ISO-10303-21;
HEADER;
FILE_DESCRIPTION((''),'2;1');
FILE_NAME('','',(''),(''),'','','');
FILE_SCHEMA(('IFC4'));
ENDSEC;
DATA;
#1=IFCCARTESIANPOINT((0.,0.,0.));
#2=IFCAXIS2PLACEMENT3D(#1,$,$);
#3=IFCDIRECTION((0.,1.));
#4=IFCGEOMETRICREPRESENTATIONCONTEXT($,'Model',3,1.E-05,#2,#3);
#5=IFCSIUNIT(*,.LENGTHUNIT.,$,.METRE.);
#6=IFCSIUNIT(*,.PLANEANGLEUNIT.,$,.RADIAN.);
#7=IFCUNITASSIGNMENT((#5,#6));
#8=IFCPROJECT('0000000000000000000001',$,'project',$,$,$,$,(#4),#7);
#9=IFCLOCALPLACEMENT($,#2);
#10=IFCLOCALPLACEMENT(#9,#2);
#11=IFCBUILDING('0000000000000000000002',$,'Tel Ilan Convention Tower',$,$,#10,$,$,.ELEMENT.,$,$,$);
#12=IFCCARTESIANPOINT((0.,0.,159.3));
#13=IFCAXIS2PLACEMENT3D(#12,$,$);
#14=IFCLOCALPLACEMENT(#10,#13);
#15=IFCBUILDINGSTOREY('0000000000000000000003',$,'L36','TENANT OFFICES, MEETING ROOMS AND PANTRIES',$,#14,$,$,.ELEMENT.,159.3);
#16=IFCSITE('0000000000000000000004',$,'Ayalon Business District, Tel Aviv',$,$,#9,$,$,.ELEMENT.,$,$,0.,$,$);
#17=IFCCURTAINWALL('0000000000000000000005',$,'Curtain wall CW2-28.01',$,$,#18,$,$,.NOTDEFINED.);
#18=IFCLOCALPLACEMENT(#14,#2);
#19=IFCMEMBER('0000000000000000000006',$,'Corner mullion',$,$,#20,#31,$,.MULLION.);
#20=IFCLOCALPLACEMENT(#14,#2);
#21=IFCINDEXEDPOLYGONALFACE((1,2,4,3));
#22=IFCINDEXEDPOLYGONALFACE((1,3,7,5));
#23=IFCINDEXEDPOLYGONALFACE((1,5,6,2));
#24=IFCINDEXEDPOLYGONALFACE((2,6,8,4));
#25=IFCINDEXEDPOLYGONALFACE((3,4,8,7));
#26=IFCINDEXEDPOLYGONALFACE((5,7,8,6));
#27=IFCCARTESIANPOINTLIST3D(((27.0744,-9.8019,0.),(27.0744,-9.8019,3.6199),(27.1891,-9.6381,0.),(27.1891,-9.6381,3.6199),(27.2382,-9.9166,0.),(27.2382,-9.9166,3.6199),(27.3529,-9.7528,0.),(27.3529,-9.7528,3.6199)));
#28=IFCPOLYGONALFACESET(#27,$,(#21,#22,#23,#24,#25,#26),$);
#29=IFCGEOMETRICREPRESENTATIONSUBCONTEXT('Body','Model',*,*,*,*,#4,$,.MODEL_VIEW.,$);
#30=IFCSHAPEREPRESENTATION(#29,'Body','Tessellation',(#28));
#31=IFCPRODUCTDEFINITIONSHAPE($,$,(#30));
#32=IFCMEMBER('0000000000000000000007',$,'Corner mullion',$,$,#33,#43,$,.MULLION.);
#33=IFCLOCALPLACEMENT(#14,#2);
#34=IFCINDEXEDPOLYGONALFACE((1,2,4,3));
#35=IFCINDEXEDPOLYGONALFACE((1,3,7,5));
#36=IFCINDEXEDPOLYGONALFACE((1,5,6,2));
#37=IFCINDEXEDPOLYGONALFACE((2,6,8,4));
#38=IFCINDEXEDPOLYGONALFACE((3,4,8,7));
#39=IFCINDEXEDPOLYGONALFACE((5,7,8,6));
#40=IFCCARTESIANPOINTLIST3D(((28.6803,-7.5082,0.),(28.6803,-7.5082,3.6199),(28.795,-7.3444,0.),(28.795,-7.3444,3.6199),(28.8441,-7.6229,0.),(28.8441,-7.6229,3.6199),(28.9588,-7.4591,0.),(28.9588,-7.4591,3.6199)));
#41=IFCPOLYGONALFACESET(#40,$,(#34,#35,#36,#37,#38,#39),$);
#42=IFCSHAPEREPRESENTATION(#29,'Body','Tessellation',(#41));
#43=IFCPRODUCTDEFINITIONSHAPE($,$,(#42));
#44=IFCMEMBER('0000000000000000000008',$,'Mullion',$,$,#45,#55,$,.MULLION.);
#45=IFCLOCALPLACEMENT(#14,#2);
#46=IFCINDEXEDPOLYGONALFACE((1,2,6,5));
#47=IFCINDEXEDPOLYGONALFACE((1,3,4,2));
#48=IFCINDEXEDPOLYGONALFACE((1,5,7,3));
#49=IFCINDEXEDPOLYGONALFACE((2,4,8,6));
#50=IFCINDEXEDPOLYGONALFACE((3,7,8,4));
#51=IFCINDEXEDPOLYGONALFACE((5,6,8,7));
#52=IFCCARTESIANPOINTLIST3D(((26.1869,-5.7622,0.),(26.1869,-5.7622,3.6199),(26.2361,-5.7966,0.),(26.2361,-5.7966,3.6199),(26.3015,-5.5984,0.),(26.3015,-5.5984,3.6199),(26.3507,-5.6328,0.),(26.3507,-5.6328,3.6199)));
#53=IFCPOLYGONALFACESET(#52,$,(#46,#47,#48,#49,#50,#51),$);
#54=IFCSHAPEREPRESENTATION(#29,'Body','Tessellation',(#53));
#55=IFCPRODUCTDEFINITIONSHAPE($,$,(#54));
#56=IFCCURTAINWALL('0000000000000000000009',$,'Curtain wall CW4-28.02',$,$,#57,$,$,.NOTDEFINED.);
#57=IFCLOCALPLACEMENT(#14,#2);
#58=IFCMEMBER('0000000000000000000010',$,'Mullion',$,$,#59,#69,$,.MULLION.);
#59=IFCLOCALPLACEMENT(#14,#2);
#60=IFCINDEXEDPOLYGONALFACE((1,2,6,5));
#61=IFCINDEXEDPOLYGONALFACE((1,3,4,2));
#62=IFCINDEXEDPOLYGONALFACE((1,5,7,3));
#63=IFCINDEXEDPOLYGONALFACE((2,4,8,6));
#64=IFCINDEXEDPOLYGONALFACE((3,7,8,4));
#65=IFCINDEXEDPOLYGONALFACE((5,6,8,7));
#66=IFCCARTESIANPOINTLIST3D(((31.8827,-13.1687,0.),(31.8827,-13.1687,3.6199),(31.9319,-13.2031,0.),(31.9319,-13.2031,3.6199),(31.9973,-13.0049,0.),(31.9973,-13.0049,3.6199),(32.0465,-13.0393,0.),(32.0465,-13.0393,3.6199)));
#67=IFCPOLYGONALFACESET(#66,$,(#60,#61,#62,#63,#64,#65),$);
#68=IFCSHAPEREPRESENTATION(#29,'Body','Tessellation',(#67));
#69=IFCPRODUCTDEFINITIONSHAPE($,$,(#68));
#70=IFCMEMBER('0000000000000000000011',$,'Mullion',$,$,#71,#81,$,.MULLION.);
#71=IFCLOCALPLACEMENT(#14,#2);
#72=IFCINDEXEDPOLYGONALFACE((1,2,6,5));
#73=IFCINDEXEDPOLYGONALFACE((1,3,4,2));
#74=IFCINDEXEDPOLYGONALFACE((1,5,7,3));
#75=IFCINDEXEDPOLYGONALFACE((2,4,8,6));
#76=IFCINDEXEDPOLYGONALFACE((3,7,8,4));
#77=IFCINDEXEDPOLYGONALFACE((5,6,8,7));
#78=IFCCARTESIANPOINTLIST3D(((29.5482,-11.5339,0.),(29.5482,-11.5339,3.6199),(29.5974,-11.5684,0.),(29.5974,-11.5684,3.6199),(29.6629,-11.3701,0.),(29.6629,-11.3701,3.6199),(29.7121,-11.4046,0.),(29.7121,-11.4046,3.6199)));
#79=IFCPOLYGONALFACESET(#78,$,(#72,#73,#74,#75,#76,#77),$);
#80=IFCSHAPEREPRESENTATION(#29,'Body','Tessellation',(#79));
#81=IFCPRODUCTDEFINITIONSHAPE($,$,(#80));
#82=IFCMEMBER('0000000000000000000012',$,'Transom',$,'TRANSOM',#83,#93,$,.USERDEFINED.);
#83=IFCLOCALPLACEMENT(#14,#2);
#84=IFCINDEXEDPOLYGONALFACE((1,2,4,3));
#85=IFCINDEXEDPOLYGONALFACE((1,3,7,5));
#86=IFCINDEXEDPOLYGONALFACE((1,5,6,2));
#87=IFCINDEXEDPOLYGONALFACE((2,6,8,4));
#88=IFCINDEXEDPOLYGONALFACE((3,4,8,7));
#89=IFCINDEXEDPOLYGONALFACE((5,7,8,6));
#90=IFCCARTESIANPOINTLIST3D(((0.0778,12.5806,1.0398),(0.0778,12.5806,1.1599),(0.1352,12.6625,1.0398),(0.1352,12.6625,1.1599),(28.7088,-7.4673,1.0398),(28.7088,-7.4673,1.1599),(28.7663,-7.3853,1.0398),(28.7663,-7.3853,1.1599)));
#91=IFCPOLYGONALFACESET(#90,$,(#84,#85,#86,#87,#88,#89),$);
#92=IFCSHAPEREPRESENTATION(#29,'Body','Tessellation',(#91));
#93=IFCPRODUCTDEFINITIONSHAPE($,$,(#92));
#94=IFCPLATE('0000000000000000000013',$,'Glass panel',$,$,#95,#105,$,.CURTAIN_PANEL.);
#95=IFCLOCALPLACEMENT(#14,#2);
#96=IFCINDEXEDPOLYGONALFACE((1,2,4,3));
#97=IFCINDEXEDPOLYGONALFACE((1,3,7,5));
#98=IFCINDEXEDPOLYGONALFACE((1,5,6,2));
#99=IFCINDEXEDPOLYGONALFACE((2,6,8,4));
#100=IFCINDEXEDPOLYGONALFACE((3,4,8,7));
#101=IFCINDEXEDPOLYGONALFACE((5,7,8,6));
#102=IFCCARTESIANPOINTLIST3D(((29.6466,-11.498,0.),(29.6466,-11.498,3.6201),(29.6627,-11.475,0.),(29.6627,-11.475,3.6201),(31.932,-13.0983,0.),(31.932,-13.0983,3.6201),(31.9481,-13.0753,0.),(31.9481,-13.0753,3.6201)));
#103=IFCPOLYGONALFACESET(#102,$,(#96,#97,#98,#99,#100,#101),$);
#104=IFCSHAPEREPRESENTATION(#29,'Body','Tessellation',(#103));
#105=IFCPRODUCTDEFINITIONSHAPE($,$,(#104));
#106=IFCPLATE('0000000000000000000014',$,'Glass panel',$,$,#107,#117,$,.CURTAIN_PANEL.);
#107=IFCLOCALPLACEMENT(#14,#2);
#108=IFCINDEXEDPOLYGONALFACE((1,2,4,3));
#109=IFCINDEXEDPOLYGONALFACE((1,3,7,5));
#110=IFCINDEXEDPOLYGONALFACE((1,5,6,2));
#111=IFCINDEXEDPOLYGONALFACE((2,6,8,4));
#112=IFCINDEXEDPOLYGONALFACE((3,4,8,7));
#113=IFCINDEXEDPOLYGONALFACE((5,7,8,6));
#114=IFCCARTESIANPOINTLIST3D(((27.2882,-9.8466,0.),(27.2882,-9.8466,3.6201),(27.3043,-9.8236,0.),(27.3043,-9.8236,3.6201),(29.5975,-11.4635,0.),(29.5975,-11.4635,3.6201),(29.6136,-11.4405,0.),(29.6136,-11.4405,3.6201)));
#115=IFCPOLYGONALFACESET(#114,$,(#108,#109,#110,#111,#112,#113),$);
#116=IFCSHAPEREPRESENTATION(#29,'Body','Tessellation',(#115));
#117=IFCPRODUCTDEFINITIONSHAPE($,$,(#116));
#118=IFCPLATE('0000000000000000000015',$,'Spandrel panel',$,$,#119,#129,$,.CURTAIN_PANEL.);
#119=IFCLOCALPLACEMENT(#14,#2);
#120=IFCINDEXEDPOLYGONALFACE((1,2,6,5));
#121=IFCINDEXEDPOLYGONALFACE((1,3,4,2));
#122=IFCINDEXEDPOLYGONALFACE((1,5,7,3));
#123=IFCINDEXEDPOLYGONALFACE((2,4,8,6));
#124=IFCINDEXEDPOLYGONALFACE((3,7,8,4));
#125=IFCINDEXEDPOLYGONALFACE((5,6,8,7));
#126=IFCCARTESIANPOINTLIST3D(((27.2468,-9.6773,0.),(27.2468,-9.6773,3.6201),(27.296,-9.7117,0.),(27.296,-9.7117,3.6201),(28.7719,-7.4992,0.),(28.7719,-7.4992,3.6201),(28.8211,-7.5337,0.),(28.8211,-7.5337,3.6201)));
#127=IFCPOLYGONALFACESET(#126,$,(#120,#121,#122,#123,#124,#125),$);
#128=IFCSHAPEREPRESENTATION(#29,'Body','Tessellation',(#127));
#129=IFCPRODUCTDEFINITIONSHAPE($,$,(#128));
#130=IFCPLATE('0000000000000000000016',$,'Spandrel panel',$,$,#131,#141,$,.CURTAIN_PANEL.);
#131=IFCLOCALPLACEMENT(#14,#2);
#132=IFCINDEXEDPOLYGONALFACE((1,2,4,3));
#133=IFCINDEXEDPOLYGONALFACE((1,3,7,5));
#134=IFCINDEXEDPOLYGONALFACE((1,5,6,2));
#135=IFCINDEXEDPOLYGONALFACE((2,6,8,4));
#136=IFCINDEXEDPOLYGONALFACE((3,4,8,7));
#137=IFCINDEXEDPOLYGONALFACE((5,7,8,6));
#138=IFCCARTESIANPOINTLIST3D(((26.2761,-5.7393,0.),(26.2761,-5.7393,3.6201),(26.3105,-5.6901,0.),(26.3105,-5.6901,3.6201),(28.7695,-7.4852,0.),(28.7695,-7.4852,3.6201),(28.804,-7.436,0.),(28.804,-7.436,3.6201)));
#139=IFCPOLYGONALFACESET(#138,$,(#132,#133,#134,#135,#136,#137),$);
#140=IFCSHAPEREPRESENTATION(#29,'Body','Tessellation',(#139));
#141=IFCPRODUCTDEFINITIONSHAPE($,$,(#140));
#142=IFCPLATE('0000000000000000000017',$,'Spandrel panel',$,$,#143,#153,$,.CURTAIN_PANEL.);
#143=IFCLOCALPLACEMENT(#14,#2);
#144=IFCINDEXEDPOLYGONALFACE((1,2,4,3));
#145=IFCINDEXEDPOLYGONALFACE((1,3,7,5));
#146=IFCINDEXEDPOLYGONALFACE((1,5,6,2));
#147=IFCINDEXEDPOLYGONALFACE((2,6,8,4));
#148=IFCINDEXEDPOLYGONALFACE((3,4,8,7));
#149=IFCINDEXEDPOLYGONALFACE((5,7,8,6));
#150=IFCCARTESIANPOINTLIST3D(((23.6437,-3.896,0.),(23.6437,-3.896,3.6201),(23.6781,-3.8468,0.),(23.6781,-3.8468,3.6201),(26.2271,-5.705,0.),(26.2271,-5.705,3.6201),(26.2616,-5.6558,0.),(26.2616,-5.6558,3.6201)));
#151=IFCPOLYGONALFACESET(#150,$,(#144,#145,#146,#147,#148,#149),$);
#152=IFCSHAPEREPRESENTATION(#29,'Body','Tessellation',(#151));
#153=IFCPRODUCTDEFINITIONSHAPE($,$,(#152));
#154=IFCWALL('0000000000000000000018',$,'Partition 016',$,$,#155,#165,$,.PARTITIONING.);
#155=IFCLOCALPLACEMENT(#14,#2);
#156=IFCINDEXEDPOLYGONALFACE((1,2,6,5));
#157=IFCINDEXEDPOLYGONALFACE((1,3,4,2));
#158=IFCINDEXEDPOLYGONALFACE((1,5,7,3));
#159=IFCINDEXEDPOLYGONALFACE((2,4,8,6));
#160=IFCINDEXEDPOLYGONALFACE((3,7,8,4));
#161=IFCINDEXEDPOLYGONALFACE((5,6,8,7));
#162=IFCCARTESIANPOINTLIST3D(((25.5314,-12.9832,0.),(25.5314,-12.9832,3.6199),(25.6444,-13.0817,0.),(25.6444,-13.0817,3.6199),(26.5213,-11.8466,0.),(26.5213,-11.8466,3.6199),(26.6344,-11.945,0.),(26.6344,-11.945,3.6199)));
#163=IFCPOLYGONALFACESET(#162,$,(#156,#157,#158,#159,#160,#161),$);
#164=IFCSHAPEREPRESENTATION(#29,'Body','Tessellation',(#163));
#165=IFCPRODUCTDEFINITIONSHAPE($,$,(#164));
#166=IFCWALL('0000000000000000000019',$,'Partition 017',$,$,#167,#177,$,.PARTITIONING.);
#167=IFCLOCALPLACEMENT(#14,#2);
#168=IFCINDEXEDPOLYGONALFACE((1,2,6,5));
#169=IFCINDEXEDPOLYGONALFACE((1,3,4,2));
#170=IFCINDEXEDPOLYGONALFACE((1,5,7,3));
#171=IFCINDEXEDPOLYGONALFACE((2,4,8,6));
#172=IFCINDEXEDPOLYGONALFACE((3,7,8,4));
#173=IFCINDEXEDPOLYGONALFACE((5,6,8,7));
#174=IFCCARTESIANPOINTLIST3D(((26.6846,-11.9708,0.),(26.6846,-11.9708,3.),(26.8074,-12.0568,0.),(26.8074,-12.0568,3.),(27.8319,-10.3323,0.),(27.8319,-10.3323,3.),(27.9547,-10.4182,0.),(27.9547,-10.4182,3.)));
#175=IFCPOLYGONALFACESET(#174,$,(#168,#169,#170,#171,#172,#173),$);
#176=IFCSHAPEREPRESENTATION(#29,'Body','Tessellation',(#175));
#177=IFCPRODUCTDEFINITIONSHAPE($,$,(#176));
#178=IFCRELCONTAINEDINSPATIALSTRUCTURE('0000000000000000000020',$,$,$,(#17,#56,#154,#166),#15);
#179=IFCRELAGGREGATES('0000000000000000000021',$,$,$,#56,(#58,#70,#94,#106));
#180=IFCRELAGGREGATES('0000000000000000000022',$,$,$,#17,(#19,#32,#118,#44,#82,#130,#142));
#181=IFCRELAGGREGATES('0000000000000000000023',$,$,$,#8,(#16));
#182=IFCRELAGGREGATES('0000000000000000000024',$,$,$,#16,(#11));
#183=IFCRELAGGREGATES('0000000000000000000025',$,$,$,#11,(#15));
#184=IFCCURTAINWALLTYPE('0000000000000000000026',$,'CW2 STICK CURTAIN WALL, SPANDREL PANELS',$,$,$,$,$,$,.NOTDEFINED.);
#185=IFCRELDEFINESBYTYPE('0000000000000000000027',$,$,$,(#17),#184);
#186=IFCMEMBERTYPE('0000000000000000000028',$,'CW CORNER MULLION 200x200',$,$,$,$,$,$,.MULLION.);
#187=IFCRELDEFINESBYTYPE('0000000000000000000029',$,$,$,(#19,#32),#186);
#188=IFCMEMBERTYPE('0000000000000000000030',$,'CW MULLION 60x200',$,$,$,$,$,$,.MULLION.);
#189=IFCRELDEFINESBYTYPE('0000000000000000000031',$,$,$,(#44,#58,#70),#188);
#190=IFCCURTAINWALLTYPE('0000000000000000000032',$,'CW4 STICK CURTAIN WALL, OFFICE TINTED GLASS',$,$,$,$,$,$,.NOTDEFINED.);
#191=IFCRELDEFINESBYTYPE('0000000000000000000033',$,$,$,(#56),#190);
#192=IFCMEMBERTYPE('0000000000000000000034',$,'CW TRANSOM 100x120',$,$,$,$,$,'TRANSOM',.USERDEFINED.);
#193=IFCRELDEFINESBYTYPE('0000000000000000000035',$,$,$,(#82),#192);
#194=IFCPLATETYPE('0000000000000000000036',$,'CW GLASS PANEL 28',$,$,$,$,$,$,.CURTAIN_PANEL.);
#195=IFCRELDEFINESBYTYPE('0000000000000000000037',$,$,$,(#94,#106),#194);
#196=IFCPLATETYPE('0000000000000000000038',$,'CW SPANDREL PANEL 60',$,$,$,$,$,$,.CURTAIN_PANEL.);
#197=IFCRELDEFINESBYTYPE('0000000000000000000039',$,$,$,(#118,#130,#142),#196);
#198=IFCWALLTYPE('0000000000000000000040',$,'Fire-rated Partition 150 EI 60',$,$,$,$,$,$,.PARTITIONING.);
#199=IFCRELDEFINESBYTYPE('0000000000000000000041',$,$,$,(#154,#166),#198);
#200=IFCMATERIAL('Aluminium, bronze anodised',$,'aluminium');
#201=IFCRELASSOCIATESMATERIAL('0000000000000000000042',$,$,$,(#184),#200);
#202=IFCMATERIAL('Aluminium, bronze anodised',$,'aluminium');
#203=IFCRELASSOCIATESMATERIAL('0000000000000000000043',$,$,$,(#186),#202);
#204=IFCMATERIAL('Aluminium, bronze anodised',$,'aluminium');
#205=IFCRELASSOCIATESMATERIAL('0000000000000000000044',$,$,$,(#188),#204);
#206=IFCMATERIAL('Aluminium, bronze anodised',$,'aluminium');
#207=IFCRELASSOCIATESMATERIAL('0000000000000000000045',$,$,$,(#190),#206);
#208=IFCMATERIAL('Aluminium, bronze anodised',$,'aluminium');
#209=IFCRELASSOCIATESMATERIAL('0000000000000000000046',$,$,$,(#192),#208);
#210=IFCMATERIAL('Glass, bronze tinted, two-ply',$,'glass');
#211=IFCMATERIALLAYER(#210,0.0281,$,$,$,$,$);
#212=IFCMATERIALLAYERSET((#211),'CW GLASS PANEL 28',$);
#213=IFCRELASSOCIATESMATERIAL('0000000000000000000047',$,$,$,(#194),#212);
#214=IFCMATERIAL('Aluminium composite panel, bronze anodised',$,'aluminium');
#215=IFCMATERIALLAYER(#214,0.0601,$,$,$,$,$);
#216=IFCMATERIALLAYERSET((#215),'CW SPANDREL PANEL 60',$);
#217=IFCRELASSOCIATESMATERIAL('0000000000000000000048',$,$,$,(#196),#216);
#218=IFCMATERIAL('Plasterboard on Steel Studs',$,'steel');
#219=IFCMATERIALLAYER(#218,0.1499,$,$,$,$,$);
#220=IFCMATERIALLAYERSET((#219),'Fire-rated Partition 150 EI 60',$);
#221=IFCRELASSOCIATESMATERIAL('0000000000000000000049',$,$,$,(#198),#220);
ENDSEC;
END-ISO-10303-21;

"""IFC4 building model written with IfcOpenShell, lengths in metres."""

from ifc_helpers import new_model, si_unit, direction, frame, frame_2d, origin, origin_2d, place, context, subcontext, project, spatial, rectangle, extrude, material, layer, layer_set, material_profile, profile_set, type_object, element, aggregate, save


model = new_model("IFC4")

# Units and contexts
model_context = context("Model", 3, precision=1e-05, world=origin(), true_north=direction((0.0, 1.0)))
body_context = subcontext(model_context, "Body", "Model", "MODEL_VIEW")
ifc_project = project(units=[si_unit("LENGTHUNIT", "METRE"), si_unit("PLANEANGLEUNIT", "RADIAN")], contexts=[model_context])

# Site, building, storey
site_placement = place(None, origin())
site = spatial("IfcSite", under=ifc_project, at=site_placement, Name="Ayalon Business District, Tel Aviv", CompositionType="ELEMENT", RefElevation=0.0)
building_placement = place(site_placement, origin())
building = spatial("IfcBuilding", under=site, at=building_placement, Name="Tel Ilan Convention Tower", CompositionType="ELEMENT")
storey_placement = place(building_placement, frame((0.0, 0.0, 159.3)))
storey = spatial("IfcBuildingStorey", under=building, at=storey_placement, Name="L36", Description="TENANT OFFICES, MEETING ROOMS AND PANTRIES", CompositionType="ELEMENT", Elevation=159.3)

# Curtain walls, members
ifc_material_1 = material(Name="Aluminium, bronze anodised", Category="aluminium")
curtain_wall_type_1 = type_object("IfcCurtainWallType", Name="CW2 STICK CURTAIN WALL, SPANDREL PANELS", PredefinedType="NOTDEFINED", material=ifc_material_1)
curtain_wall_1_placement = place(storey_placement, origin())
curtain_wall_1 = element("IfcCurtainWall", 1, at=curtain_wall_1_placement, inside=storey, type_object=curtain_wall_type_1, Name="Curtain wall CW2-28.01", PredefinedType="NOTDEFINED")
ifc_material_2 = material(Name="Aluminium, bronze anodised", Category="aluminium")
ifc_material_profile_1 = material_profile(ifc_material_2, rectangle(XDim=0.2, YDim=0.2, at=origin_2d()), Name="CW CORNER MULLION 200x200")
ifc_profile_set_1 = profile_set([ifc_material_profile_1], Name="Aluminium, bronze anodised")
member_type_1 = type_object("IfcMemberType", Name="CW CORNER MULLION 200x200", PredefinedType="MULLION", material=ifc_profile_set_1)
member_1_placement = place(storey_placement, frame((27.2136, -9.7773, 0.0), z_axis=(0.0, 0.0, 1.0), x_axis=(-0.819152, 0.573576, 0.0)))
member_1 = element("IfcMember", 2, at=member_1_placement, type_object=member_type_1, Name="Corner mullion", PredefinedType="MULLION", context=body_context, shape_type="SweptSolid", body=[
    extrude(rectangle(XDim=0.2, YDim=0.2, at=origin_2d()), origin(), (0.0, 0.0, 1.0), 3.6199),
])
member_2_placement = place(storey_placement, frame((28.8196, -7.4836, 0.0), z_axis=(0.0, 0.0, 1.0), x_axis=(0.573576, 0.819152, 0.0)))
member_2 = element("IfcMember", 3, at=member_2_placement, type_object=member_type_1, Name="Corner mullion", PredefinedType="MULLION", context=body_context, shape_type="SweptSolid", body=[
    extrude(rectangle(XDim=0.2, YDim=0.2, at=origin_2d()), origin(), (0.0, 0.0, 1.0), 3.6199),
])
ifc_material_3 = material(Name="Aluminium, bronze anodised", Category="aluminium")
ifc_material_profile_2 = material_profile(ifc_material_3, rectangle(XDim=0.0601, YDim=0.2, at=origin_2d()), Name="CW MULLION 60x200")
ifc_profile_set_2 = profile_set([ifc_material_profile_2], Name="Aluminium, bronze anodised")
member_type_2 = type_object("IfcMemberType", Name="CW MULLION 60x200", PredefinedType="MULLION", material=ifc_profile_set_2)
member_3_placement = place(storey_placement, frame((26.2688, -5.6975, 0.0), z_axis=(0.0, 0.0, 1.0), x_axis=(-0.819152, 0.573576, 0.0)))
member_3 = element("IfcMember", 4, at=member_3_placement, type_object=member_type_2, Name="Mullion", PredefinedType="MULLION", context=body_context, shape_type="SweptSolid", body=[
    extrude(rectangle(XDim=0.0601, YDim=0.2, at=origin_2d()), origin(), (0.0, 0.0, 1.0), 3.6199),
])
ifc_material_4 = material(Name="Aluminium, bronze anodised", Category="aluminium")
curtain_wall_type_2 = type_object("IfcCurtainWallType", Name="CW4 STICK CURTAIN WALL, OFFICE TINTED GLASS", PredefinedType="NOTDEFINED", material=ifc_material_4)
curtain_wall_2_placement = place(storey_placement, origin())
curtain_wall_2 = element("IfcCurtainWall", 5, at=curtain_wall_2_placement, inside=storey, type_object=curtain_wall_type_2, Name="Curtain wall CW4-28.02", PredefinedType="NOTDEFINED")
member_4_placement = place(storey_placement, frame((31.9646, -13.104, 0.0), z_axis=(0.0, 0.0, 1.0), x_axis=(-0.819152, 0.573576, 0.0)))
member_4 = element("IfcMember", 6, at=member_4_placement, type_object=member_type_2, Name="Mullion", PredefinedType="MULLION", context=body_context, shape_type="SweptSolid", body=[
    extrude(rectangle(XDim=0.0601, YDim=0.2, at=origin_2d()), origin(), (0.0, 0.0, 1.0), 3.6199),
])
member_5_placement = place(storey_placement, frame((29.6301, -11.4692, 0.0), z_axis=(0.0, 0.0, 1.0), x_axis=(-0.819152, 0.573576, 0.0)))
member_5 = element("IfcMember", 7, at=member_5_placement, type_object=member_type_2, Name="Mullion", PredefinedType="MULLION", context=body_context, shape_type="SweptSolid", body=[
    extrude(rectangle(XDim=0.0601, YDim=0.2, at=origin_2d()), origin(), (0.0, 0.0, 1.0), 3.6199),
])

# Member
ifc_material_5 = material(Name="Aluminium, bronze anodised", Category="aluminium")
ifc_material_profile_3 = material_profile(ifc_material_5, rectangle(XDim=0.1001, YDim=0.1201, at=origin_2d()), Name="CW TRANSOM 100x120")
ifc_profile_set_3 = profile_set([ifc_material_profile_3], Name="Aluminium, bronze anodised")
member_type_3 = type_object("IfcMemberType", Name="CW TRANSOM 100x120", ElementType="TRANSOM", PredefinedType="USERDEFINED", material=ifc_profile_set_3)
member_6_placement = place(storey_placement, frame((28.7375, -7.4263, 1.0999), z_axis=(-0.81915, 0.573579, 0.0), x_axis=(-0.573579, -0.81915, 0.0)))
member_6 = element("IfcMember", 8, at=member_6_placement, type_object=member_type_3, Name="Transom", ObjectType="TRANSOM", PredefinedType="USERDEFINED", context=body_context, shape_type="SweptSolid", body=[
    extrude(rectangle(XDim=0.1001, YDim=0.1201, at=origin_2d()), origin(), (0.0, 0.0, 1.0), 34.9521),
])

# Plates
ifc_material_6 = material(Name="Glass, bronze tinted, two-ply", Category="glass")
ifc_layer_1 = layer(ifc_material_6, 0.0281)
ifc_layer_set_1 = layer_set([ifc_layer_1], Name="CW GLASS PANEL 28")
plate_type_1 = type_object("IfcPlateType", Name="CW GLASS PANEL 28", PredefinedType="CURTAIN_PANEL", material=ifc_layer_set_1)
plate_1_placement = place(storey_placement, frame((30.7974, -12.2866, 0.0), z_axis=(0.0, 0.0, 1.0), x_axis=(-0.819152, 0.573576, 0.0)))
plate_1 = element("IfcPlate", 9, at=plate_1_placement, type_object=plate_type_1, Name="Glass panel", PredefinedType="CURTAIN_PANEL", context=body_context, shape_type="SweptSolid", body=[
    extrude(rectangle(XDim=2.79, YDim=0.0281, at=origin_2d()), origin(), (0.0, 0.0, 1.0), 3.6201),
])
plate_2_placement = place(storey_placement, frame((28.4509, -10.6436, 0.0), z_axis=(0.0, 0.0, 1.0), x_axis=(-0.819152, 0.573576, 0.0)))
plate_2 = element("IfcPlate", 10, at=plate_2_placement, type_object=plate_type_1, Name="Glass panel", PredefinedType="CURTAIN_PANEL", context=body_context, shape_type="SweptSolid", body=[
    extrude(rectangle(XDim=2.8191, YDim=0.0281, at=origin_2d()), origin(), (0.0, 0.0, 1.0), 3.6201),
])
aggregate(curtain_wall_2, [member_4, member_5, plate_1, plate_2])
ifc_material_7 = material(Name="Aluminium composite panel, bronze anodised", Category="aluminium")
ifc_layer_2 = layer(ifc_material_7, 0.0601)
ifc_layer_set_2 = layer_set([ifc_layer_2], Name="CW SPANDREL PANEL 60")
plate_type_2 = type_object("IfcPlateType", Name="CW SPANDREL PANEL 60", PredefinedType="CURTAIN_PANEL", material=ifc_layer_set_2)
plate_3_placement = place(storey_placement, frame((28.0339, -8.6055, 0.0), z_axis=(0.0, 0.0, 1.0), x_axis=(0.573576, 0.819152, 0.0)))
plate_3 = element("IfcPlate", 11, at=plate_3_placement, type_object=plate_type_2, Name="Spandrel panel", PredefinedType="CURTAIN_PANEL", context=body_context, shape_type="SweptSolid", body=[
    extrude(rectangle(XDim=2.6589, YDim=0.0601, at=origin_2d()), origin(), (0.0, 0.0, 1.0), 3.6201),
])
plate_4_placement = place(storey_placement, frame((27.54, -6.5876, 0.0), z_axis=(0.0, 0.0, 1.0), x_axis=(-0.819152, 0.573576, 0.0)))
plate_4 = element("IfcPlate", 12, at=plate_4_placement, type_object=plate_type_2, Name="Spandrel panel", PredefinedType="CURTAIN_PANEL", context=body_context, shape_type="SweptSolid", body=[
    extrude(rectangle(XDim=3.0439, YDim=0.0601, at=origin_2d()), origin(), (0.0, 0.0, 1.0), 3.6201),
])
plate_5_placement = place(storey_placement, frame((24.9526, -4.7759, 0.0), z_axis=(0.0, 0.0, 1.0), x_axis=(-0.819152, 0.573576, 0.0)))
plate_5 = element("IfcPlate", 13, at=plate_5_placement, type_object=plate_type_2, Name="Spandrel panel", PredefinedType="CURTAIN_PANEL", context=body_context, shape_type="SweptSolid", body=[
    extrude(rectangle(XDim=3.1538, YDim=0.0601, at=origin_2d()), origin(), (0.0, 0.0, 1.0), 3.6201),
])
aggregate(curtain_wall_1, [member_1, member_2, plate_3, member_3, member_6, plate_4, plate_5])

# Walls
ifc_material_8 = material(Name="Plasterboard on Steel Studs", Category="steel")
ifc_layer_3 = layer(ifc_material_8, 0.1499)
ifc_layer_set_3 = layer_set([ifc_layer_3], Name="Fire-rated Partition 150 EI 60")
wall_type_1 = type_object("IfcWallType", Name="Fire-rated Partition 150 EI 60", PredefinedType="PARTITIONING", material=ifc_layer_set_3)
wall_1_placement = place(storey_placement, frame((25.5879, -13.0325, 0.0), z_axis=(0.0, 0.0, 1.0), x_axis=(0.65676, 0.7541, 0.0)))
element("IfcWall", 14, at=wall_1_placement, inside=storey, type_object=wall_type_1, Name="Partition 016", PredefinedType="PARTITIONING", context=body_context, shape_type="SweptSolid", body=[
    extrude(rectangle(XDim=1.5073, YDim=0.1499, at=frame_2d((0.7537, 0.0))), origin(), (0.0, 0.0, 1.0), 3.6199),
])
wall_2_placement = place(storey_placement, frame((26.7461, -12.0137, 0.0), z_axis=(0.0, 0.0, 1.0), x_axis=(0.573569, 0.819157, 0.0)))
element("IfcWall", 15, at=wall_2_placement, inside=storey, type_object=wall_type_1, Name="Partition 017", PredefinedType="PARTITIONING", context=body_context, shape_type="SweptSolid", body=[
    extrude(rectangle(XDim=2.0002, YDim=0.1499, at=frame_2d((1.0, 0.0))), origin(), (0.0, 0.0, 1.0), 3.0),
])

save(model, "model.ifc")
